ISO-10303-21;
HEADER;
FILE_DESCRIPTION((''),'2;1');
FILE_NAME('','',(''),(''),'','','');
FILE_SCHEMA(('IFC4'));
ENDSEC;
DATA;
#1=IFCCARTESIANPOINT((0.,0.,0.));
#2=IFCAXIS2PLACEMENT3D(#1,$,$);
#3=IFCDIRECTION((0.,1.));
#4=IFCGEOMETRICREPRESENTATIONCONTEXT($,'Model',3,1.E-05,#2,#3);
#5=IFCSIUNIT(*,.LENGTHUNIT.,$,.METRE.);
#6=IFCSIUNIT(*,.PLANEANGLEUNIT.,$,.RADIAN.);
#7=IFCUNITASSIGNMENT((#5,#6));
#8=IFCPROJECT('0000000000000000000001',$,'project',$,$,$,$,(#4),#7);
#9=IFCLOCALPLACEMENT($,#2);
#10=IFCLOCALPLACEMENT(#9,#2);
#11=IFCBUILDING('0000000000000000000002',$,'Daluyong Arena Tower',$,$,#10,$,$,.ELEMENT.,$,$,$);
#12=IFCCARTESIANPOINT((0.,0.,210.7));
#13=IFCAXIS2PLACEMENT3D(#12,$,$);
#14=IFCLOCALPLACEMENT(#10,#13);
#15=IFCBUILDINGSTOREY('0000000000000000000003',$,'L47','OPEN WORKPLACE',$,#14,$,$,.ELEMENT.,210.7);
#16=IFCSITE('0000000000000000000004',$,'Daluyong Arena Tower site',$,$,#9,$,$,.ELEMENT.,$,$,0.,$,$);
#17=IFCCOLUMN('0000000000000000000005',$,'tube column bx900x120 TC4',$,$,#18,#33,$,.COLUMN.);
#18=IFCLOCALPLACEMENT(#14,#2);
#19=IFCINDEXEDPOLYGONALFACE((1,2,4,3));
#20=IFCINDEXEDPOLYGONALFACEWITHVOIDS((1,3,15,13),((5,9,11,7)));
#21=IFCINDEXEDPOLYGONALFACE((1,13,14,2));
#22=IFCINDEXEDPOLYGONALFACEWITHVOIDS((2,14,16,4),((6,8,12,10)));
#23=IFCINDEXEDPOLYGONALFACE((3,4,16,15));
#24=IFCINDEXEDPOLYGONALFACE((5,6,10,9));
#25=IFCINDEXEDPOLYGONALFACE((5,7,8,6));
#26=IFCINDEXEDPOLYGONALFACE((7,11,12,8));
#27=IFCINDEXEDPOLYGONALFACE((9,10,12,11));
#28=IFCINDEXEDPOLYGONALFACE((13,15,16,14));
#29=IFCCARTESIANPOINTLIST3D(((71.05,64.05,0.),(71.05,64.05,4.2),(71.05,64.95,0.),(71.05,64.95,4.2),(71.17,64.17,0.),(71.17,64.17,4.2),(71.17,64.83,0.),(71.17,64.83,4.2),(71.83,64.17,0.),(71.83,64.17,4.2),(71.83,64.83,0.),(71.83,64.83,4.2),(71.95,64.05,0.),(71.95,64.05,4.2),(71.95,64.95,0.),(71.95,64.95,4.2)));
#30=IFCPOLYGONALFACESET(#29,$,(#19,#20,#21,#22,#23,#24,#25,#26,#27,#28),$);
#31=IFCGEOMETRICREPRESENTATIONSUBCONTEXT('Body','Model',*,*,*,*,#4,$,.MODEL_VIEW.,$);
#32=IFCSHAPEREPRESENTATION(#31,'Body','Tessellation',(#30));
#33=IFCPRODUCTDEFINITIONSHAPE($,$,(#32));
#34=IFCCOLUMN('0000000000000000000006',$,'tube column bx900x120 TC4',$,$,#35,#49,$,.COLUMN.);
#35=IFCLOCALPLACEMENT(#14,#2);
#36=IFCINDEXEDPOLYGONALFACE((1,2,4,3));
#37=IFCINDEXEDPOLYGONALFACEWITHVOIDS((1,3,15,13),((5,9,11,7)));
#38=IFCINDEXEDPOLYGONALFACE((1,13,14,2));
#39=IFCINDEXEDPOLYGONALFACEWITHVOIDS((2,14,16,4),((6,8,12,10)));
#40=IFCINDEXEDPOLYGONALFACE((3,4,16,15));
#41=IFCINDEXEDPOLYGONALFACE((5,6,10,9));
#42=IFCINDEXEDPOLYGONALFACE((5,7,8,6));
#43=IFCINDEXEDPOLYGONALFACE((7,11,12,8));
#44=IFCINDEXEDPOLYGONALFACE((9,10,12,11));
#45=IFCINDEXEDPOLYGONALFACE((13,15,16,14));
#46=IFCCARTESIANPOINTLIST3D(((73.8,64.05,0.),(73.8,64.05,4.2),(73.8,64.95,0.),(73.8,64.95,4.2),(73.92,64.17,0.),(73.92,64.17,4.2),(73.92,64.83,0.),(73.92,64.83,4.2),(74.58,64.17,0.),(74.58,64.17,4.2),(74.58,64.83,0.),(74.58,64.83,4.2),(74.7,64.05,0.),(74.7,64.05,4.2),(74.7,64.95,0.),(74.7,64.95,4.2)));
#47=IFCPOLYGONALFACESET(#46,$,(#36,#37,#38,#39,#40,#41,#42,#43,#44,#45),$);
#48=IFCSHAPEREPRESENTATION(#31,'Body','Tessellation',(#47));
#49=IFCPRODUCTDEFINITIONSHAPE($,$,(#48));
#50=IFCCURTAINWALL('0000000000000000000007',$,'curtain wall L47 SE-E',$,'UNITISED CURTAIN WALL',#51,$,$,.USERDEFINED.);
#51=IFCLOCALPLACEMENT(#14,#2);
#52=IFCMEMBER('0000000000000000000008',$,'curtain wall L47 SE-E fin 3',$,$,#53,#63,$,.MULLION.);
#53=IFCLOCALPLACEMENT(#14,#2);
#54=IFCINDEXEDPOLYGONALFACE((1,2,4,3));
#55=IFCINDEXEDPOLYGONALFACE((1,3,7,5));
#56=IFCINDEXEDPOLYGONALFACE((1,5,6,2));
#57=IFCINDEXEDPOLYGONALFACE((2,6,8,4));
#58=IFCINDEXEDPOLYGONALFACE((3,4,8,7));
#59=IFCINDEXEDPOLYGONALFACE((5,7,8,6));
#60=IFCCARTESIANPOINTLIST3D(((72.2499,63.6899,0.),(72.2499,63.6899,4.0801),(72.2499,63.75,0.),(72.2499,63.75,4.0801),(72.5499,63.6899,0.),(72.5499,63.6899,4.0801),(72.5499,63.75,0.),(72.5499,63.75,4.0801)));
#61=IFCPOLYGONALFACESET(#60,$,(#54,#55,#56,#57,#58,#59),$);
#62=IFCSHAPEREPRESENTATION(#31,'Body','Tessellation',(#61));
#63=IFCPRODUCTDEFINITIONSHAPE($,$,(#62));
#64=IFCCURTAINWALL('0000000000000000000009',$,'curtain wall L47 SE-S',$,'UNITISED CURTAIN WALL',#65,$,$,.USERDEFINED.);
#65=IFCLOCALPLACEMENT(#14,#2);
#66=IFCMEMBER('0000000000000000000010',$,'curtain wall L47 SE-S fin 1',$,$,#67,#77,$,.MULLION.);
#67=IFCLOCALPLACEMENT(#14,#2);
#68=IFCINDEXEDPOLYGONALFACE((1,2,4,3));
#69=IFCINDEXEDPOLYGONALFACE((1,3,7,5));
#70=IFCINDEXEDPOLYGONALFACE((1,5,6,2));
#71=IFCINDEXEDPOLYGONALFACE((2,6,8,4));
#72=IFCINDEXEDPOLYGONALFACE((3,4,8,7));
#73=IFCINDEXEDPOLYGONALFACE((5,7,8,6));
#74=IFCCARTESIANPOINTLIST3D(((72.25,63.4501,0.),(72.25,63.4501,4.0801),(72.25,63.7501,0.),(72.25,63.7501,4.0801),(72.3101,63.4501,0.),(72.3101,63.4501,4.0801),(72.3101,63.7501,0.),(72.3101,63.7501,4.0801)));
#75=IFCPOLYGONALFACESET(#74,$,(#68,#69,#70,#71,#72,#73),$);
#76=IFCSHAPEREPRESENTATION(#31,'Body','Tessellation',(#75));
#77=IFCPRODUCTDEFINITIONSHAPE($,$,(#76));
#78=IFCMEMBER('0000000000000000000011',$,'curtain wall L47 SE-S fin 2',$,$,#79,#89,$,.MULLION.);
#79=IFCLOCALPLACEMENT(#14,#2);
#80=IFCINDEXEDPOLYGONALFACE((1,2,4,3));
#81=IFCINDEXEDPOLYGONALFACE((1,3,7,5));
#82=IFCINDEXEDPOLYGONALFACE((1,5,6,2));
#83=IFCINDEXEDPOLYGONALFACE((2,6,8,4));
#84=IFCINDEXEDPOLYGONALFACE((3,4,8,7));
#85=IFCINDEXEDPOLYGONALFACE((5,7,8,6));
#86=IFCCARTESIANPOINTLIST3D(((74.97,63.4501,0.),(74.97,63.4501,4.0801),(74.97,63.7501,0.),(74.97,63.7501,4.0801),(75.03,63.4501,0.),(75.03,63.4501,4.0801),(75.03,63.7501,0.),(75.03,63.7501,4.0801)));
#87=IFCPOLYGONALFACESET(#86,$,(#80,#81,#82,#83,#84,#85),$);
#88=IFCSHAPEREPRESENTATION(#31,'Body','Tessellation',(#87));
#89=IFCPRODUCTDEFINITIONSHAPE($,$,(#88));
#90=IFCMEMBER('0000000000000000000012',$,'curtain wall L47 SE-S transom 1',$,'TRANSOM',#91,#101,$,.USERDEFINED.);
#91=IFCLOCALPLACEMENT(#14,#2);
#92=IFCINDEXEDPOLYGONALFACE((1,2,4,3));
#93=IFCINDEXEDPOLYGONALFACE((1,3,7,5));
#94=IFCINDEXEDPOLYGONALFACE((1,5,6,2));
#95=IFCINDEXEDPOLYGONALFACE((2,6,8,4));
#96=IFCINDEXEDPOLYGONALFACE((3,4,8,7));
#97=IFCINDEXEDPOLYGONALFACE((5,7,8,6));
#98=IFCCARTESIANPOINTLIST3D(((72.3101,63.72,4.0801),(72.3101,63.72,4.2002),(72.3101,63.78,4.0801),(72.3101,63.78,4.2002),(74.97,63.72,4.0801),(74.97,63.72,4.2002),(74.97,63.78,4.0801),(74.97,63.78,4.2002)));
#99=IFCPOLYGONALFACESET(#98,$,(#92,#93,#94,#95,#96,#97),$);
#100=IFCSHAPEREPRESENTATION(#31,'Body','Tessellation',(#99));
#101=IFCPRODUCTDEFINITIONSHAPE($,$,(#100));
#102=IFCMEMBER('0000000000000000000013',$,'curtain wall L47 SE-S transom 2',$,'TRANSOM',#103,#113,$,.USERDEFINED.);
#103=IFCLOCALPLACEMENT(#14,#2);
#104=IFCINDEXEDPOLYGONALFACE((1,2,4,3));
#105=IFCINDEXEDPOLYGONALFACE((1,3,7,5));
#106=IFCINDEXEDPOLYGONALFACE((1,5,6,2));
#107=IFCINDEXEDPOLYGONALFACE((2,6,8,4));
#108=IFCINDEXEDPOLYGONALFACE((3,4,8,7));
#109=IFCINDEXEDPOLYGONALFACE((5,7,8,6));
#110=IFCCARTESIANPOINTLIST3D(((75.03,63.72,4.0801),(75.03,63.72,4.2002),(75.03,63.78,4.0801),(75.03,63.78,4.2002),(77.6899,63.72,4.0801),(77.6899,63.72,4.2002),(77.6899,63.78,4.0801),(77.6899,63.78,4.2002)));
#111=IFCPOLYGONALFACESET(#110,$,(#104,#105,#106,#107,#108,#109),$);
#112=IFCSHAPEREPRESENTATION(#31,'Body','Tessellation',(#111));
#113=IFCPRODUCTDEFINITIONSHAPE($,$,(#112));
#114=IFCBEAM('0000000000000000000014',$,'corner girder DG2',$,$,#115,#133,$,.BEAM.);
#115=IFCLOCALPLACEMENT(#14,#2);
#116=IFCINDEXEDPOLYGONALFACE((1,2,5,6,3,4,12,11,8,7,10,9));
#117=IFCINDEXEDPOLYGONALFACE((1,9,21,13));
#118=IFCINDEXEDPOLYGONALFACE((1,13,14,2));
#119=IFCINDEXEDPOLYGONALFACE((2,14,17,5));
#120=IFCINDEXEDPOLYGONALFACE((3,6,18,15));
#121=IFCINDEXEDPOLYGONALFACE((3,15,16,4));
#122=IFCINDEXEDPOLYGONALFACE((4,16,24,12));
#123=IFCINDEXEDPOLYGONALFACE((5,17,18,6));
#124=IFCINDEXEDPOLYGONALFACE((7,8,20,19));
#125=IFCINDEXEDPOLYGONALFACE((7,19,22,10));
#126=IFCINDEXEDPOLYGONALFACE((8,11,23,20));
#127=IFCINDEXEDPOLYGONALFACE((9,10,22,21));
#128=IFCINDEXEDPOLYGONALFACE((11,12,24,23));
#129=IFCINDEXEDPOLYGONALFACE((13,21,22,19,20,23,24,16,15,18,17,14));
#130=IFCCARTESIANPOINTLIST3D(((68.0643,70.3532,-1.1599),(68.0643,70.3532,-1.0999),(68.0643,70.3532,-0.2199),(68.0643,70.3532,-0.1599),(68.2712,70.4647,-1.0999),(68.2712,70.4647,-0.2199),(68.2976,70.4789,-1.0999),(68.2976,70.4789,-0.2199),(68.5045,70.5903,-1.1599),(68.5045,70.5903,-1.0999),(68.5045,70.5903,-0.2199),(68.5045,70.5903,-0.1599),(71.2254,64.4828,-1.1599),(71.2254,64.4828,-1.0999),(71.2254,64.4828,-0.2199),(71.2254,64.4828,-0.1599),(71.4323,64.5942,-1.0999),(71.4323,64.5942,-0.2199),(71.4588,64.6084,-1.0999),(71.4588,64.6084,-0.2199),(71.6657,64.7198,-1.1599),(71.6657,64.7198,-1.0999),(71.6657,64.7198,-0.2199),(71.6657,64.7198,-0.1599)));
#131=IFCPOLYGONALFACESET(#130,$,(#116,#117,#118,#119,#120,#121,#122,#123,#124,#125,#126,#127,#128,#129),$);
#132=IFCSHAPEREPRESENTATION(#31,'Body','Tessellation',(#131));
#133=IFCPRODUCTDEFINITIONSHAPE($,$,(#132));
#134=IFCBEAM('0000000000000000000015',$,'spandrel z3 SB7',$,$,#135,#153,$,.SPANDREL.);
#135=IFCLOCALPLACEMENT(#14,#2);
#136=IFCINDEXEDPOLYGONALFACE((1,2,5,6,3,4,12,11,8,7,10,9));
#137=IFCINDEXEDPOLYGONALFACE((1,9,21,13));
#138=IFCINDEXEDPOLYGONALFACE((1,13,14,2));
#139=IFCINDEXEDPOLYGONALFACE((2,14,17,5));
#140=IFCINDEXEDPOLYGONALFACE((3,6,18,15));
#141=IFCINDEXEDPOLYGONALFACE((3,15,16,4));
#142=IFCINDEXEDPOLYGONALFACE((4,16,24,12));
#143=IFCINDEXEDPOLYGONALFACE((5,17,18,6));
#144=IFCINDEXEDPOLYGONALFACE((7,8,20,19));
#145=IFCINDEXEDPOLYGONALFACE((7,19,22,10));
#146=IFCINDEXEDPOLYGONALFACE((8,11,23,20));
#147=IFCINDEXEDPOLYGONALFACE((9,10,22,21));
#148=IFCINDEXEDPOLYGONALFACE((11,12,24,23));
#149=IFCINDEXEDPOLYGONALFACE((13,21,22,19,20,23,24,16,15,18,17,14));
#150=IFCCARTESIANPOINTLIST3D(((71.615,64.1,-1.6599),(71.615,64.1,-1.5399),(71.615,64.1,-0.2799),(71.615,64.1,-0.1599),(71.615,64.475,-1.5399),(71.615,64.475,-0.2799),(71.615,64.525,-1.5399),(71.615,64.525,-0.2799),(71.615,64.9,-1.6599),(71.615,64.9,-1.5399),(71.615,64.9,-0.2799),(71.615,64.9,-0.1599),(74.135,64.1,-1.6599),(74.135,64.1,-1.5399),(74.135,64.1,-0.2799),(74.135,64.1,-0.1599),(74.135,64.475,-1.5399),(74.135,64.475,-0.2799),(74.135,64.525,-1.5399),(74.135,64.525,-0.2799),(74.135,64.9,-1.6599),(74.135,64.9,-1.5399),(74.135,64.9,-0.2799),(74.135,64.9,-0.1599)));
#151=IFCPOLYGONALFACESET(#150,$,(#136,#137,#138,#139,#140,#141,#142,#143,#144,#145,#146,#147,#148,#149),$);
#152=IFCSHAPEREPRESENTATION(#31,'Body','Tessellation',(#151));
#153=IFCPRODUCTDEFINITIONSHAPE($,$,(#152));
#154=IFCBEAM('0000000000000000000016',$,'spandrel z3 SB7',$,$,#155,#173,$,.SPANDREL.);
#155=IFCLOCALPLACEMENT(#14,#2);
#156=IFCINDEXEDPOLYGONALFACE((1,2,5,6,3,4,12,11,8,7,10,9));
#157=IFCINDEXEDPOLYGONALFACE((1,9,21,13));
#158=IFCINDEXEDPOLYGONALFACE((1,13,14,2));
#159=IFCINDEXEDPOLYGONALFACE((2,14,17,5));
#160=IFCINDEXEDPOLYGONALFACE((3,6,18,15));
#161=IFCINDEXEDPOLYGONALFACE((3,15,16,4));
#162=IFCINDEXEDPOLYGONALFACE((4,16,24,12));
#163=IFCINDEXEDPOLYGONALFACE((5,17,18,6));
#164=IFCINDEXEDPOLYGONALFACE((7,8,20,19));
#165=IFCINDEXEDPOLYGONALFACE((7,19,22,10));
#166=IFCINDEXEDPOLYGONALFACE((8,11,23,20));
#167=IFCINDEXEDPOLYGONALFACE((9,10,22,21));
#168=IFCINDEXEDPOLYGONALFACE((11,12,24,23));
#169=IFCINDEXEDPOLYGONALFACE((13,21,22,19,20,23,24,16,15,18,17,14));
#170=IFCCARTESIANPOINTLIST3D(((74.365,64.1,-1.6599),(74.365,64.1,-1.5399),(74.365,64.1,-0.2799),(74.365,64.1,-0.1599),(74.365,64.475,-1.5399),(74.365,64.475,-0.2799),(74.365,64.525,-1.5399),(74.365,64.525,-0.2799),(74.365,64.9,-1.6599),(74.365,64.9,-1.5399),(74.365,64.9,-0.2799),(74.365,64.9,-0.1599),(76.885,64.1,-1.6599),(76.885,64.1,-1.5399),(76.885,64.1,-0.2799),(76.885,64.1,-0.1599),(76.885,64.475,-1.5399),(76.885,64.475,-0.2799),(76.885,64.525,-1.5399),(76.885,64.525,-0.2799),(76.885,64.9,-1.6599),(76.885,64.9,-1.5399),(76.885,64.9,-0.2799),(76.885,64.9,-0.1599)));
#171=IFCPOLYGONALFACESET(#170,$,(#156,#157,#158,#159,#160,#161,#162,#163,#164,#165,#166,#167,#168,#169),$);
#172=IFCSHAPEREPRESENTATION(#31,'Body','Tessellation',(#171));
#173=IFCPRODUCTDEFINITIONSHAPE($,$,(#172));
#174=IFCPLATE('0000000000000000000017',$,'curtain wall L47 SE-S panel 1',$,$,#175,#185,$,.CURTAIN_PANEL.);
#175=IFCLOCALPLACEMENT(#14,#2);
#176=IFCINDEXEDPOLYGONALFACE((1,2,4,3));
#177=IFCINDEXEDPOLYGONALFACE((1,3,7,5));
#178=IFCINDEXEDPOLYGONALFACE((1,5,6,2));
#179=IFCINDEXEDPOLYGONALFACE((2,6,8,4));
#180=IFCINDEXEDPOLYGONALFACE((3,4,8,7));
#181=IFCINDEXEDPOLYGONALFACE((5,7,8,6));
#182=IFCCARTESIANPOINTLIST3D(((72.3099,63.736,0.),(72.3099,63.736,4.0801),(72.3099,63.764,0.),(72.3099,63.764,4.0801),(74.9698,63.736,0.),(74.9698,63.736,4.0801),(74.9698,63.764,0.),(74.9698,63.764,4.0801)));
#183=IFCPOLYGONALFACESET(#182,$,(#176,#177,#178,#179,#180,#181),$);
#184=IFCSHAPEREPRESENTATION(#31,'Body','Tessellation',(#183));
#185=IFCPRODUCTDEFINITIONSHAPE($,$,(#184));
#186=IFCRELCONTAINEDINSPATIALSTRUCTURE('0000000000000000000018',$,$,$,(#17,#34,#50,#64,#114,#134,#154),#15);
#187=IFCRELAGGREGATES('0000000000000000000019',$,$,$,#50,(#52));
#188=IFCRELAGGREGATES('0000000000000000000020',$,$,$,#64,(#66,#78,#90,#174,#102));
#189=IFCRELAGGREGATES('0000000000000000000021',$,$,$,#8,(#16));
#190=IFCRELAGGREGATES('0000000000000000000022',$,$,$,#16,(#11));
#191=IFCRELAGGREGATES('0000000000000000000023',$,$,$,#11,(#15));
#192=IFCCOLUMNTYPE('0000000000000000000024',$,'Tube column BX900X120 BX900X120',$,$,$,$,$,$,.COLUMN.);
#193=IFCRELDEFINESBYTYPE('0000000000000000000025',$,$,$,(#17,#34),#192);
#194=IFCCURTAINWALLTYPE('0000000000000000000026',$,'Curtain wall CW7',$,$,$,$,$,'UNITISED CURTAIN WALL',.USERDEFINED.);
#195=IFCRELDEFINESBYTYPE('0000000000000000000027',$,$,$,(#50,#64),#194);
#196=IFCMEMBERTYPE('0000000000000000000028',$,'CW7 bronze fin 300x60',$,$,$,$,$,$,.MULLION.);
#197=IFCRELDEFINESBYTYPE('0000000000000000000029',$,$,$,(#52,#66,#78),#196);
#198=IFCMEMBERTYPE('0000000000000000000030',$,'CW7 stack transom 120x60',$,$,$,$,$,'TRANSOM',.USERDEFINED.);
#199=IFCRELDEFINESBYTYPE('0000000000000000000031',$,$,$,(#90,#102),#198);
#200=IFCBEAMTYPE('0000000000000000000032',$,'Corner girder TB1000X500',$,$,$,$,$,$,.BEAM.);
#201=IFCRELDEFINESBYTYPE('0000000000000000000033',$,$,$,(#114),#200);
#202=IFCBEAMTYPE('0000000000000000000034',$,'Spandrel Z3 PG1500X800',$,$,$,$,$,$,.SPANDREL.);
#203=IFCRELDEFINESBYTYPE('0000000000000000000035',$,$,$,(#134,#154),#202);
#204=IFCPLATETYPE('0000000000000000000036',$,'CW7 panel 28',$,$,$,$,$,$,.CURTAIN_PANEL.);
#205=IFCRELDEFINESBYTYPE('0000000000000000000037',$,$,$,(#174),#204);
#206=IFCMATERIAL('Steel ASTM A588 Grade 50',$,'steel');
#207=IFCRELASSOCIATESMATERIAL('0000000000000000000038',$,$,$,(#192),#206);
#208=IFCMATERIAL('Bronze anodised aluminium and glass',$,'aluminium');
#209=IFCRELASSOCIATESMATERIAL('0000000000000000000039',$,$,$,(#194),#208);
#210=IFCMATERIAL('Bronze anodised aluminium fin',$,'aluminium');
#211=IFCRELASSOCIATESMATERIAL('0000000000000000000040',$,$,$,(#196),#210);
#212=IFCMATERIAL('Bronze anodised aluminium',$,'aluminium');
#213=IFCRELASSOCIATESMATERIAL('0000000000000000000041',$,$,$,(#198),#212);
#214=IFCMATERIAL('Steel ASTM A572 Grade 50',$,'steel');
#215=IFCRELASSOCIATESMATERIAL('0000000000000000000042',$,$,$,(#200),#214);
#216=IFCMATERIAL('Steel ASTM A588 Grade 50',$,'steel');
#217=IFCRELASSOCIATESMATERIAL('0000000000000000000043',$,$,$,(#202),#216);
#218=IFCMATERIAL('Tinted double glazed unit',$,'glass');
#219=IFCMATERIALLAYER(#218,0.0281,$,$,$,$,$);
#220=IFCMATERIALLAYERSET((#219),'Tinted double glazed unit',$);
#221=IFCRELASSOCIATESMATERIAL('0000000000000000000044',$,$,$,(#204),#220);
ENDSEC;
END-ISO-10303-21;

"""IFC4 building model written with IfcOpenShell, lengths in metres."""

from ifc_helpers import new_model, si_unit, direction, frame, origin, origin_2d, place, context, subcontext, project, spatial, rectangle, hollow_rectangle, i_section, extrude, material, layer, layer_set, material_profile, profile_set, type_object, element, aggregate, save


model = new_model("IFC4")

# Units and contexts
model_context = context("Model", 3, precision=1e-05, world=origin(), true_north=direction((0.0, 1.0)))
body_context = subcontext(model_context, "Body", "Model", "MODEL_VIEW")
ifc_project = project(units=[si_unit("LENGTHUNIT", "METRE"), si_unit("PLANEANGLEUNIT", "RADIAN")], contexts=[model_context])

# Site, building, storey
site_placement = place(None, origin())
site = spatial("IfcSite", under=ifc_project, at=site_placement, Name="Daluyong Arena Tower site", CompositionType="ELEMENT", RefElevation=0.0)
building_placement = place(site_placement, origin())
building = spatial("IfcBuilding", under=site, at=building_placement, Name="Daluyong Arena Tower", CompositionType="ELEMENT")
storey_placement = place(building_placement, frame((0.0, 0.0, 210.7)))
storey = spatial("IfcBuildingStorey", under=building, at=storey_placement, Name="L47", Description="OPEN WORKPLACE", CompositionType="ELEMENT", Elevation=210.7)

# Columns
ifc_material_1 = material(Name="Steel ASTM A588 Grade 50", Category="steel")
ifc_material_profile_1 = material_profile(ifc_material_1, hollow_rectangle(XDim=0.8999, YDim=0.8999, WallThickness=0.12, at=origin_2d()))
ifc_profile_set_1 = profile_set([ifc_material_profile_1], Name="Steel ASTM A588 Grade 50")
column_type = type_object("IfcColumnType", Name="Tube column BX900X120 BX900X120", PredefinedType="COLUMN", material=ifc_profile_set_1)
for number, where, z_axis, x_axis, name in (
    (1, (71.5, 64.5, 0.0), (0.0, 0.0, 1.0), (1.0, 0.0, 0.0), "tube column bx900x120 TC4"),
    (2, (74.25, 64.5, 0.0), (0.0, 0.0, 1.0), (1.0, 0.0, 0.0), "tube column bx900x120 TC4"),
):
    element("IfcColumn", number, at=place(storey_placement, frame(where, z_axis=z_axis, x_axis=x_axis)), inside=storey, type_object=column_type, Name=name, PredefinedType="COLUMN", context=body_context, shape_type="SweptSolid", body=[
        extrude(hollow_rectangle(XDim=0.8999, YDim=0.8999, WallThickness=0.12, at=origin_2d()), origin(), (0.0, 0.0, 1.0), 4.2),
    ])

# Curtain wall, member
ifc_material_2 = material(Name="Bronze anodised aluminium and glass", Category="aluminium")
curtain_wall_type = type_object("IfcCurtainWallType", Name="Curtain wall CW7", ElementType="UNITISED CURTAIN WALL", PredefinedType="USERDEFINED", material=ifc_material_2)
curtain_wall_1_placement = place(storey_placement, origin())
curtain_wall_1 = element("IfcCurtainWall", 3, at=curtain_wall_1_placement, inside=storey, type_object=curtain_wall_type, Name="curtain wall L47 SE-E", ObjectType="UNITISED CURTAIN WALL", PredefinedType="USERDEFINED")
ifc_material_3 = material(Name="Bronze anodised aluminium fin", Category="aluminium")
ifc_material_profile_2 = material_profile(ifc_material_3, rectangle(XDim=0.3, YDim=0.0601, at=origin_2d()))
ifc_profile_set_2 = profile_set([ifc_material_profile_2], Name="Bronze anodised aluminium fin")
member_type_1 = type_object("IfcMemberType", Name="CW7 bronze fin 300x60", PredefinedType="MULLION", material=ifc_profile_set_2)
member_1_placement = place(storey_placement, frame((72.3999, 63.72, 0.0), z_axis=(0.0, 0.0, 1.0), x_axis=(-1.0, 0.0, 0.0)))
member_1 = element("IfcMember", 4, at=member_1_placement, type_object=member_type_1, Name="curtain wall L47 SE-E fin 3", PredefinedType="MULLION", context=body_context, shape_type="SweptSolid", body=[
    extrude(rectangle(XDim=0.3, YDim=0.0601, at=origin_2d()), origin(), (0.0, 0.0, 1.0), 4.0801),
])
aggregate(curtain_wall_1, [member_1])

# Curtain wall, members
curtain_wall_2_placement = place(storey_placement, origin())
curtain_wall_2 = element("IfcCurtainWall", 5, at=curtain_wall_2_placement, inside=storey, type_object=curtain_wall_type, Name="curtain wall L47 SE-S", ObjectType="UNITISED CURTAIN WALL", PredefinedType="USERDEFINED")
member_2_placement = place(storey_placement, frame((72.28, 63.6001, 0.0), z_axis=(0.0, 0.0, 1.0), x_axis=(0.0, 1.0, 0.0)))
member_2 = element("IfcMember", 6, at=member_2_placement, type_object=member_type_1, Name="curtain wall L47 SE-S fin 1", PredefinedType="MULLION", context=body_context, shape_type="SweptSolid", body=[
    extrude(rectangle(XDim=0.3, YDim=0.0601, at=origin_2d()), origin(), (0.0, 0.0, 1.0), 4.0801),
])
member_3_placement = place(storey_placement, frame((75.0, 63.6001, 0.0), z_axis=(0.0, 0.0, 1.0), x_axis=(0.0, 1.0, 0.0)))
member_3 = element("IfcMember", 7, at=member_3_placement, type_object=member_type_1, Name="curtain wall L47 SE-S fin 2", PredefinedType="MULLION", context=body_context, shape_type="SweptSolid", body=[
    extrude(rectangle(XDim=0.3, YDim=0.0601, at=origin_2d()), origin(), (0.0, 0.0, 1.0), 4.0801),
])
ifc_material_4 = material(Name="Bronze anodised aluminium", Category="aluminium")
ifc_material_profile_3 = material_profile(ifc_material_4, rectangle(XDim=0.0601, YDim=0.1201, at=origin_2d()))
ifc_profile_set_3 = profile_set([ifc_material_profile_3], Name="Bronze anodised aluminium")
member_type_2 = type_object("IfcMemberType", Name="CW7 stack transom 120x60", ElementType="TRANSOM", PredefinedType="USERDEFINED", material=ifc_profile_set_3)
member_4_placement = place(storey_placement, frame((72.3101, 63.75, 4.1401), z_axis=(1.0, 0.0, 0.0), x_axis=(0.0, 1.0, 0.0)))
member_4 = element("IfcMember", 8, at=member_4_placement, type_object=member_type_2, Name="curtain wall L47 SE-S transom 1", ObjectType="TRANSOM", PredefinedType="USERDEFINED", context=body_context, shape_type="SweptSolid", body=[
    extrude(rectangle(XDim=0.0601, YDim=0.1201, at=origin_2d()), origin(), (0.0, 0.0, 1.0), 2.6599),
])
member_5_placement = place(storey_placement, frame((75.03, 63.75, 4.1401), z_axis=(1.0, 0.0, 0.0), x_axis=(0.0, 1.0, 0.0)))
member_5 = element("IfcMember", 9, at=member_5_placement, type_object=member_type_2, Name="curtain wall L47 SE-S transom 2", ObjectType="TRANSOM", PredefinedType="USERDEFINED", context=body_context, shape_type="SweptSolid", body=[
    extrude(rectangle(XDim=0.0601, YDim=0.1201, at=origin_2d()), origin(), (0.0, 0.0, 1.0), 2.6599),
])

# Beams
ifc_material_5 = material(Name="Steel ASTM A572 Grade 50", Category="steel")
ifc_material_profile_4 = material_profile(ifc_material_5, i_section(OverallWidth=0.5, OverallDepth=1.0, WebThickness=0.03, FlangeThickness=0.06, at=origin_2d()))
ifc_profile_set_4 = profile_set([ifc_material_profile_4], Name="Steel ASTM A572 Grade 50")
beam_type_1 = type_object("IfcBeamType", Name="Corner girder TB1000X500", PredefinedType="BEAM", material=ifc_profile_set_4)
beam_placement = place(storey_placement, frame((71.4456, 64.6013, -0.6599), z_axis=(-0.474119, 0.880461, 0.0), x_axis=(-0.880461, -0.474119, 0.0)))
element("IfcBeam", 10, at=beam_placement, inside=storey, type_object=beam_type_1, Name="corner girder DG2", PredefinedType="BEAM", context=body_context, shape_type="SweptSolid", body=[
    extrude(i_section(OverallWidth=0.5, OverallDepth=1.0, WebThickness=0.03, FlangeThickness=0.06, at=origin_2d()), origin(), (0.0, 0.0, 1.0), 6.6675),
])
ifc_material_6 = material(Name="Steel ASTM A588 Grade 50", Category="steel")
ifc_material_profile_5 = material_profile(ifc_material_6, i_section(OverallWidth=0.8, OverallDepth=1.5, WebThickness=0.05, FlangeThickness=0.12, at=origin_2d()))
ifc_profile_set_5 = profile_set([ifc_material_profile_5], Name="Steel ASTM A588 Grade 50")
beam_type_2 = type_object("IfcBeamType", Name="Spandrel Z3 PG1500X800", PredefinedType="SPANDREL", material=ifc_profile_set_5)
for number, where, z_axis, x_axis, name in (
    (11, (71.615, 64.5, -0.9099), (1.0, 0.0, 0.0), (0.0, 1.0, 0.0), "spandrel z3 SB7"),
    (12, (74.365, 64.5, -0.9099), (1.0, 0.0, 0.0), (0.0, 1.0, 0.0), "spandrel z3 SB7"),
):
    element("IfcBeam", number, at=place(storey_placement, frame(where, z_axis=z_axis, x_axis=x_axis)), inside=storey, type_object=beam_type_2, Name=name, PredefinedType="SPANDREL", context=body_context, shape_type="SweptSolid", body=[
        extrude(i_section(OverallWidth=0.8, OverallDepth=1.5, WebThickness=0.05, FlangeThickness=0.12, at=origin_2d()), origin(), (0.0, 0.0, 1.0), 2.52),
    ])

# Plate
ifc_material_7 = material(Name="Tinted double glazed unit", Category="glass")
ifc_layer_1 = layer(ifc_material_7, 0.0281)
ifc_layer_set_1 = layer_set([ifc_layer_1], Name="Tinted double glazed unit")
plate_type = type_object("IfcPlateType", Name="CW7 panel 28", PredefinedType="CURTAIN_PANEL", material=ifc_layer_set_1)
plate_placement = place(storey_placement, frame((73.6399, 63.75, 0.0), z_axis=(0.0, 0.0, 1.0), x_axis=(1.0, 0.0, 0.0)))
plate = element("IfcPlate", 13, at=plate_placement, type_object=plate_type, Name="curtain wall L47 SE-S panel 1", PredefinedType="CURTAIN_PANEL", context=body_context, shape_type="SweptSolid", body=[
    extrude(rectangle(XDim=2.6599, YDim=0.0281, at=origin_2d()), origin(), (0.0, 0.0, 1.0), 4.0801),
])
aggregate(curtain_wall_2, [member_2, member_3, member_4, plate, member_5])

save(model, "model.ifc")
